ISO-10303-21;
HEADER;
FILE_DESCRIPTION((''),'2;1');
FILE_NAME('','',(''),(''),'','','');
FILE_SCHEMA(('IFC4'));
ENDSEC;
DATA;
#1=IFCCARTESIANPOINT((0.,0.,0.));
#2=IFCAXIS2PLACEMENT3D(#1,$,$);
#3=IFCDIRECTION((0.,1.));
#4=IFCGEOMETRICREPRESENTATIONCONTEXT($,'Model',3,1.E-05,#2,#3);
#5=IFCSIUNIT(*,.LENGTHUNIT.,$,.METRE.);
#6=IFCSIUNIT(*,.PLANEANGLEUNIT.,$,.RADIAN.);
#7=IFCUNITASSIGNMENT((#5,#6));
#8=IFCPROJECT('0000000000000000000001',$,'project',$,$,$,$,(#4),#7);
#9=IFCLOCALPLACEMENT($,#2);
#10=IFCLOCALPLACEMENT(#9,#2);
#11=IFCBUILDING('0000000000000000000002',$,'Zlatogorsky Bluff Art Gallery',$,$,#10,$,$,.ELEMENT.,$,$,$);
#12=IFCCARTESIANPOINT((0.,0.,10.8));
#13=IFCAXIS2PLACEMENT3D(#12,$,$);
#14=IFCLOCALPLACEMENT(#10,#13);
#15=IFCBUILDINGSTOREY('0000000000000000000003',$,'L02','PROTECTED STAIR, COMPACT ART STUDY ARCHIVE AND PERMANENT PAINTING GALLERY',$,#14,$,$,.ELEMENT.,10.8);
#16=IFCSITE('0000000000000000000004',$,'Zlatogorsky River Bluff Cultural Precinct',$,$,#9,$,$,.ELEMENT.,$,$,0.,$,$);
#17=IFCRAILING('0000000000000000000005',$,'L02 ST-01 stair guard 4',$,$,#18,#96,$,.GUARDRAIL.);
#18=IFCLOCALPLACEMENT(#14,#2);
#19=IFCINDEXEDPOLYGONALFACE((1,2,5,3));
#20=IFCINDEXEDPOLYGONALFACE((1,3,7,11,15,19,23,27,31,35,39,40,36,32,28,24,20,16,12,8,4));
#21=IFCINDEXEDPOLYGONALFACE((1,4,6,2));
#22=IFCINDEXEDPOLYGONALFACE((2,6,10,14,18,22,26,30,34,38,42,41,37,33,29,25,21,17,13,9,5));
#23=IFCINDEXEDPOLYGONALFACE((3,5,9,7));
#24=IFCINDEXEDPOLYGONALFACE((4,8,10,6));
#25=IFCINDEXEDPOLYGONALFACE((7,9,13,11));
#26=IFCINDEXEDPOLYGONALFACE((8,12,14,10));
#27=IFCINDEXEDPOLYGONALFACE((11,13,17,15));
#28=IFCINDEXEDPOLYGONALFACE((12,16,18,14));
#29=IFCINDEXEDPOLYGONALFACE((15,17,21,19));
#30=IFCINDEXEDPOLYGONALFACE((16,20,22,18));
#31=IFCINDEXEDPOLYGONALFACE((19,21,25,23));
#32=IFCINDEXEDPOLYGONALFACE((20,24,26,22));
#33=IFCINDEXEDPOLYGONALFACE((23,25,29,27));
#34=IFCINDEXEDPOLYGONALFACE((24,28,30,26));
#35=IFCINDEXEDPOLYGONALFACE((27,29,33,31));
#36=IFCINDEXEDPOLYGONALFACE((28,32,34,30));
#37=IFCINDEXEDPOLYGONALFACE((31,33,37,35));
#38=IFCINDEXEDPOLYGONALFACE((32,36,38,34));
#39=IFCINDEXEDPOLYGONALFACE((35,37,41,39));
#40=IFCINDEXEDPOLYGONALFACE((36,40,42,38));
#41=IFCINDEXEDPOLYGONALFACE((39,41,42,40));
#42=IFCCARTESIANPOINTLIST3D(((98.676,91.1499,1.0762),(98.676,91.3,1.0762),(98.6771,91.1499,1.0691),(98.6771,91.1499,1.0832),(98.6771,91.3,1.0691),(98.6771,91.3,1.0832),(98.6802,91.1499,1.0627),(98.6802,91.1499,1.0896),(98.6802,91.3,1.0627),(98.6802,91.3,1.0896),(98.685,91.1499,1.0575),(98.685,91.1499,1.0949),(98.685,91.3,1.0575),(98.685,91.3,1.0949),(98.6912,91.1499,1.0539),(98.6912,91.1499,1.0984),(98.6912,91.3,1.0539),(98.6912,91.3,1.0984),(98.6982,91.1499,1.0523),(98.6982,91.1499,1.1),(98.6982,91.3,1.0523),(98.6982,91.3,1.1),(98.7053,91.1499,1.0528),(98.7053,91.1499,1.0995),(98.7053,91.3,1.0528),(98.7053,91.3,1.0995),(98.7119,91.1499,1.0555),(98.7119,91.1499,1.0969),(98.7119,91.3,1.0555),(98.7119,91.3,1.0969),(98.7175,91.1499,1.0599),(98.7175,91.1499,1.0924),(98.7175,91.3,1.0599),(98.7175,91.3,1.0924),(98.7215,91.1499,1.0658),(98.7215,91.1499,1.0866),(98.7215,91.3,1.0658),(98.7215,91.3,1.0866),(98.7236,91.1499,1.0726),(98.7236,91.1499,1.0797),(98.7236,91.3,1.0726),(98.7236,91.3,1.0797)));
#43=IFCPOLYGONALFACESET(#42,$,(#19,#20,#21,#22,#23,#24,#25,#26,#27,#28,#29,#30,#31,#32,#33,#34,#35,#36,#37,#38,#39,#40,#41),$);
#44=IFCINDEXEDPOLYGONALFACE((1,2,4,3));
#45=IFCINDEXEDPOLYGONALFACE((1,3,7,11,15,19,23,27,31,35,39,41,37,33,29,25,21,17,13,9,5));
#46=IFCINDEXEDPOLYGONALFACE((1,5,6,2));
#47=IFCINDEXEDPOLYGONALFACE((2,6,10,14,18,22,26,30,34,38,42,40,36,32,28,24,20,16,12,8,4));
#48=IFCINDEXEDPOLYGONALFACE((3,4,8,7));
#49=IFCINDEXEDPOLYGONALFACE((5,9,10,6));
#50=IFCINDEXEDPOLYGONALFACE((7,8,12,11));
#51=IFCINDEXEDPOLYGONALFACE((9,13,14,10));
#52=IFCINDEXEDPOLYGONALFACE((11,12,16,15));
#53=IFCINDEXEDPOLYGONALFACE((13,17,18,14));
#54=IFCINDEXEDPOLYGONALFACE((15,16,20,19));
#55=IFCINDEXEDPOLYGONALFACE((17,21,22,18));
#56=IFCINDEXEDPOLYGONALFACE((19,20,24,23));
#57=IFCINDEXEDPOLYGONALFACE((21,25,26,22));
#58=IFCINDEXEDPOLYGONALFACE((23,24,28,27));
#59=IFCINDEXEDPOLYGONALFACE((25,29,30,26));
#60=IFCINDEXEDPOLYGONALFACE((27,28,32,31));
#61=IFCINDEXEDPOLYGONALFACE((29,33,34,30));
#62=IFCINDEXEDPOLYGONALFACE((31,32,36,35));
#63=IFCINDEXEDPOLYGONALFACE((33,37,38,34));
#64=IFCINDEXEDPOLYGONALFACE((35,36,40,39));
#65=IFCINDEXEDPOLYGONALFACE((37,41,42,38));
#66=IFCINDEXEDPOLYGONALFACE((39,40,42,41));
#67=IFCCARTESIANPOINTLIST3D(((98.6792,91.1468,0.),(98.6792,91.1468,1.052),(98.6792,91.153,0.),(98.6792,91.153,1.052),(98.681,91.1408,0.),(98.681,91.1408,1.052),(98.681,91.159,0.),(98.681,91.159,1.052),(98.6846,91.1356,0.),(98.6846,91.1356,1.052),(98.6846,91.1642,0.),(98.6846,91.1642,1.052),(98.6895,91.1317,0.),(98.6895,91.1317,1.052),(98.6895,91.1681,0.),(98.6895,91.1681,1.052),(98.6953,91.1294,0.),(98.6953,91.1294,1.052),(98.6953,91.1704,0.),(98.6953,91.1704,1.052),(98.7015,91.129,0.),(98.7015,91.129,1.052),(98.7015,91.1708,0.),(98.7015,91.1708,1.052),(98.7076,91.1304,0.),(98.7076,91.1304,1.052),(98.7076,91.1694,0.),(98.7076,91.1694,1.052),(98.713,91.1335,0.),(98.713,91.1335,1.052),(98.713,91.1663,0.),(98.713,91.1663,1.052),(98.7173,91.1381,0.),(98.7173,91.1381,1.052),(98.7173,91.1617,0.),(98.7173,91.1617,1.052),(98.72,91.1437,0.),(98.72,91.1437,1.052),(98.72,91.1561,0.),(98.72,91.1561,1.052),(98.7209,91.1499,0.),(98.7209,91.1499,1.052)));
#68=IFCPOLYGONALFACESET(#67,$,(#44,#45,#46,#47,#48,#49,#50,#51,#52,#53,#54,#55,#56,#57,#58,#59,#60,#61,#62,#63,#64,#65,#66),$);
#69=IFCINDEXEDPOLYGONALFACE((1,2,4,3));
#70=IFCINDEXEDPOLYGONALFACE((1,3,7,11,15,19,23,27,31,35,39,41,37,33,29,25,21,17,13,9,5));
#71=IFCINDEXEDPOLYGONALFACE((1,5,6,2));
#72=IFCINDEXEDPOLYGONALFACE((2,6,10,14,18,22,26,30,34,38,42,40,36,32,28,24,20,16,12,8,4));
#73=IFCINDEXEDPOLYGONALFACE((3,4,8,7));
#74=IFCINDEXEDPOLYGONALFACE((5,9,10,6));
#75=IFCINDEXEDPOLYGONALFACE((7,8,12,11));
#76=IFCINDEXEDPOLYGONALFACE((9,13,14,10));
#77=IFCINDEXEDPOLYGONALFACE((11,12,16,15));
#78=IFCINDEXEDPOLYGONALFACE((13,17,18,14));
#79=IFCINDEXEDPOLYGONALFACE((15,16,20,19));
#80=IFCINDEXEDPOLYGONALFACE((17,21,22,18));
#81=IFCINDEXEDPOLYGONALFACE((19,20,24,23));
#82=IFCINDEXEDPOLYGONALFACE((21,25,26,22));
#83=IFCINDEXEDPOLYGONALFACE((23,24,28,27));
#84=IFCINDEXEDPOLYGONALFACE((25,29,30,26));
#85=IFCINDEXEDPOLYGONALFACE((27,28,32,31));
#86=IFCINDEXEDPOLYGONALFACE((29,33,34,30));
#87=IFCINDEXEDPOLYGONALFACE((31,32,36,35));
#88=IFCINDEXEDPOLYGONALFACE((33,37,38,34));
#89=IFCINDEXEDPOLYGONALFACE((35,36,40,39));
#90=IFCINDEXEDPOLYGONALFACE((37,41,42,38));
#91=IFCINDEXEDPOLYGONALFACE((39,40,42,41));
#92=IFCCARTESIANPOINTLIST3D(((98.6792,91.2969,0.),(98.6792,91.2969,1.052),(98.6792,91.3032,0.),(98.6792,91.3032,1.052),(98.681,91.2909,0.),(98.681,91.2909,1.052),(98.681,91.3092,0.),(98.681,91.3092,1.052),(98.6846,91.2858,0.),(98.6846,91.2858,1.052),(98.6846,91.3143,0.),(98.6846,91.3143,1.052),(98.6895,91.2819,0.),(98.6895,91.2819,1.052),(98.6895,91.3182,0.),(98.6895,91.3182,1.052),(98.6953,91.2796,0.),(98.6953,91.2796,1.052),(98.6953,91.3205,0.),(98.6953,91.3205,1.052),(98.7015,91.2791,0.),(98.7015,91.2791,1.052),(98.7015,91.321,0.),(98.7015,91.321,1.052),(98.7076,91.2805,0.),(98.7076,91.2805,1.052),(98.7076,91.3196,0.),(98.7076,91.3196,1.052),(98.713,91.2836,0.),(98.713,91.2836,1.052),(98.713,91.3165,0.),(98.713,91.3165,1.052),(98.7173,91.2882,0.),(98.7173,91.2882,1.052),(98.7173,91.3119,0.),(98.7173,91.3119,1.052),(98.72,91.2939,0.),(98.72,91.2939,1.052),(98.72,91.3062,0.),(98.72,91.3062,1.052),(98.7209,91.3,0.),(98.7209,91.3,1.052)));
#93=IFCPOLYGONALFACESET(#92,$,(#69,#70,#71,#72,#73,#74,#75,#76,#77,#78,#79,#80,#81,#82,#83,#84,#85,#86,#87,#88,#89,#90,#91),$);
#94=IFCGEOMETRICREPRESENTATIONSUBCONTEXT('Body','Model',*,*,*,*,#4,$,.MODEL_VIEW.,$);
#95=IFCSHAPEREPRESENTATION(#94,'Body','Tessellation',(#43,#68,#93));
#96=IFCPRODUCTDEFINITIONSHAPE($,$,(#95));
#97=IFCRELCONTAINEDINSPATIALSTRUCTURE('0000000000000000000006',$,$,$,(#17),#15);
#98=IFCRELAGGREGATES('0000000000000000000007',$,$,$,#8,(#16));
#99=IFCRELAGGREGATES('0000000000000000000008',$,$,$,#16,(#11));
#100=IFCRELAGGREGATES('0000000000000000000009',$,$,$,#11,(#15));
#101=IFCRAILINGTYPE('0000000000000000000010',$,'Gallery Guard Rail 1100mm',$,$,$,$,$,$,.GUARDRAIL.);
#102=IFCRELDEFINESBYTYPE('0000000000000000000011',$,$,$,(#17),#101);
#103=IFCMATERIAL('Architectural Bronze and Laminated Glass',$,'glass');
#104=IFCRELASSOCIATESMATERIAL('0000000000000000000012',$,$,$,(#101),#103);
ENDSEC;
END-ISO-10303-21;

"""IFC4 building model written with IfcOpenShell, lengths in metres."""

from ifc_helpers import new_model, si_unit, direction, frame, origin, origin_2d, place, context, subcontext, project, spatial, circle, extrude, material, type_object, element, save


model = new_model("IFC4")

# Units and contexts
model_context = context("Model", 3, precision=1e-05, world=origin(), true_north=direction((0.0, 1.0)))
body_context = subcontext(model_context, "Body", "Model", "MODEL_VIEW")
ifc_project = project(units=[si_unit("LENGTHUNIT", "METRE"), si_unit("PLANEANGLEUNIT", "RADIAN")], contexts=[model_context])

# Site, building, storey
site_placement = place(None, origin())
site = spatial("IfcSite", under=ifc_project, at=site_placement, Name="Zlatogorsky River Bluff Cultural Precinct", CompositionType="ELEMENT", RefElevation=0.0)
building_placement = place(site_placement, origin())
building = spatial("IfcBuilding", under=site, at=building_placement, Name="Zlatogorsky Bluff Art Gallery", CompositionType="ELEMENT")
storey_placement = place(building_placement, frame((0.0, 0.0, 10.8)))
storey = spatial("IfcBuildingStorey", under=building, at=storey_placement, Name="L02", Description="PROTECTED STAIR, COMPACT ART STUDY ARCHIVE AND PERMANENT PAINTING GALLERY", CompositionType="ELEMENT", Elevation=10.8)

# Railing
ifc_material_1 = material(Name="Architectural Bronze and Laminated Glass", Category="glass")
railing_type_1 = type_object("IfcRailingType", Name="Gallery Guard Rail 1100mm", PredefinedType="GUARDRAIL", material=ifc_material_1)
railing_1_placement = place(storey_placement, frame((98.7, 91.1499, 0.0)))
element("IfcRailing", 1, at=railing_1_placement, inside=storey, type_object=railing_type_1, Name="L02 ST-01 stair guard 4", PredefinedType="GUARDRAIL", context=body_context, shape_type="SweptSolid", body=[
    extrude(circle(Radius=0.0239, at=origin_2d()), frame((0.0, 0.0, 1.0762), z_axis=(0.0, 1.0, 0.0), x_axis=(-1.0, 0.0, 0.0)), (0.0, 0.0, 1.0), 0.1501),
    extrude(circle(Radius=0.021, at=origin_2d()), origin(), (0.0, 0.0, 1.0), 1.052),
    extrude(circle(Radius=0.021, at=origin_2d()), frame((0.0, 0.1501, 0.0)), (0.0, 0.0, 1.0), 1.052),
])

save(model, "model.ifc")
